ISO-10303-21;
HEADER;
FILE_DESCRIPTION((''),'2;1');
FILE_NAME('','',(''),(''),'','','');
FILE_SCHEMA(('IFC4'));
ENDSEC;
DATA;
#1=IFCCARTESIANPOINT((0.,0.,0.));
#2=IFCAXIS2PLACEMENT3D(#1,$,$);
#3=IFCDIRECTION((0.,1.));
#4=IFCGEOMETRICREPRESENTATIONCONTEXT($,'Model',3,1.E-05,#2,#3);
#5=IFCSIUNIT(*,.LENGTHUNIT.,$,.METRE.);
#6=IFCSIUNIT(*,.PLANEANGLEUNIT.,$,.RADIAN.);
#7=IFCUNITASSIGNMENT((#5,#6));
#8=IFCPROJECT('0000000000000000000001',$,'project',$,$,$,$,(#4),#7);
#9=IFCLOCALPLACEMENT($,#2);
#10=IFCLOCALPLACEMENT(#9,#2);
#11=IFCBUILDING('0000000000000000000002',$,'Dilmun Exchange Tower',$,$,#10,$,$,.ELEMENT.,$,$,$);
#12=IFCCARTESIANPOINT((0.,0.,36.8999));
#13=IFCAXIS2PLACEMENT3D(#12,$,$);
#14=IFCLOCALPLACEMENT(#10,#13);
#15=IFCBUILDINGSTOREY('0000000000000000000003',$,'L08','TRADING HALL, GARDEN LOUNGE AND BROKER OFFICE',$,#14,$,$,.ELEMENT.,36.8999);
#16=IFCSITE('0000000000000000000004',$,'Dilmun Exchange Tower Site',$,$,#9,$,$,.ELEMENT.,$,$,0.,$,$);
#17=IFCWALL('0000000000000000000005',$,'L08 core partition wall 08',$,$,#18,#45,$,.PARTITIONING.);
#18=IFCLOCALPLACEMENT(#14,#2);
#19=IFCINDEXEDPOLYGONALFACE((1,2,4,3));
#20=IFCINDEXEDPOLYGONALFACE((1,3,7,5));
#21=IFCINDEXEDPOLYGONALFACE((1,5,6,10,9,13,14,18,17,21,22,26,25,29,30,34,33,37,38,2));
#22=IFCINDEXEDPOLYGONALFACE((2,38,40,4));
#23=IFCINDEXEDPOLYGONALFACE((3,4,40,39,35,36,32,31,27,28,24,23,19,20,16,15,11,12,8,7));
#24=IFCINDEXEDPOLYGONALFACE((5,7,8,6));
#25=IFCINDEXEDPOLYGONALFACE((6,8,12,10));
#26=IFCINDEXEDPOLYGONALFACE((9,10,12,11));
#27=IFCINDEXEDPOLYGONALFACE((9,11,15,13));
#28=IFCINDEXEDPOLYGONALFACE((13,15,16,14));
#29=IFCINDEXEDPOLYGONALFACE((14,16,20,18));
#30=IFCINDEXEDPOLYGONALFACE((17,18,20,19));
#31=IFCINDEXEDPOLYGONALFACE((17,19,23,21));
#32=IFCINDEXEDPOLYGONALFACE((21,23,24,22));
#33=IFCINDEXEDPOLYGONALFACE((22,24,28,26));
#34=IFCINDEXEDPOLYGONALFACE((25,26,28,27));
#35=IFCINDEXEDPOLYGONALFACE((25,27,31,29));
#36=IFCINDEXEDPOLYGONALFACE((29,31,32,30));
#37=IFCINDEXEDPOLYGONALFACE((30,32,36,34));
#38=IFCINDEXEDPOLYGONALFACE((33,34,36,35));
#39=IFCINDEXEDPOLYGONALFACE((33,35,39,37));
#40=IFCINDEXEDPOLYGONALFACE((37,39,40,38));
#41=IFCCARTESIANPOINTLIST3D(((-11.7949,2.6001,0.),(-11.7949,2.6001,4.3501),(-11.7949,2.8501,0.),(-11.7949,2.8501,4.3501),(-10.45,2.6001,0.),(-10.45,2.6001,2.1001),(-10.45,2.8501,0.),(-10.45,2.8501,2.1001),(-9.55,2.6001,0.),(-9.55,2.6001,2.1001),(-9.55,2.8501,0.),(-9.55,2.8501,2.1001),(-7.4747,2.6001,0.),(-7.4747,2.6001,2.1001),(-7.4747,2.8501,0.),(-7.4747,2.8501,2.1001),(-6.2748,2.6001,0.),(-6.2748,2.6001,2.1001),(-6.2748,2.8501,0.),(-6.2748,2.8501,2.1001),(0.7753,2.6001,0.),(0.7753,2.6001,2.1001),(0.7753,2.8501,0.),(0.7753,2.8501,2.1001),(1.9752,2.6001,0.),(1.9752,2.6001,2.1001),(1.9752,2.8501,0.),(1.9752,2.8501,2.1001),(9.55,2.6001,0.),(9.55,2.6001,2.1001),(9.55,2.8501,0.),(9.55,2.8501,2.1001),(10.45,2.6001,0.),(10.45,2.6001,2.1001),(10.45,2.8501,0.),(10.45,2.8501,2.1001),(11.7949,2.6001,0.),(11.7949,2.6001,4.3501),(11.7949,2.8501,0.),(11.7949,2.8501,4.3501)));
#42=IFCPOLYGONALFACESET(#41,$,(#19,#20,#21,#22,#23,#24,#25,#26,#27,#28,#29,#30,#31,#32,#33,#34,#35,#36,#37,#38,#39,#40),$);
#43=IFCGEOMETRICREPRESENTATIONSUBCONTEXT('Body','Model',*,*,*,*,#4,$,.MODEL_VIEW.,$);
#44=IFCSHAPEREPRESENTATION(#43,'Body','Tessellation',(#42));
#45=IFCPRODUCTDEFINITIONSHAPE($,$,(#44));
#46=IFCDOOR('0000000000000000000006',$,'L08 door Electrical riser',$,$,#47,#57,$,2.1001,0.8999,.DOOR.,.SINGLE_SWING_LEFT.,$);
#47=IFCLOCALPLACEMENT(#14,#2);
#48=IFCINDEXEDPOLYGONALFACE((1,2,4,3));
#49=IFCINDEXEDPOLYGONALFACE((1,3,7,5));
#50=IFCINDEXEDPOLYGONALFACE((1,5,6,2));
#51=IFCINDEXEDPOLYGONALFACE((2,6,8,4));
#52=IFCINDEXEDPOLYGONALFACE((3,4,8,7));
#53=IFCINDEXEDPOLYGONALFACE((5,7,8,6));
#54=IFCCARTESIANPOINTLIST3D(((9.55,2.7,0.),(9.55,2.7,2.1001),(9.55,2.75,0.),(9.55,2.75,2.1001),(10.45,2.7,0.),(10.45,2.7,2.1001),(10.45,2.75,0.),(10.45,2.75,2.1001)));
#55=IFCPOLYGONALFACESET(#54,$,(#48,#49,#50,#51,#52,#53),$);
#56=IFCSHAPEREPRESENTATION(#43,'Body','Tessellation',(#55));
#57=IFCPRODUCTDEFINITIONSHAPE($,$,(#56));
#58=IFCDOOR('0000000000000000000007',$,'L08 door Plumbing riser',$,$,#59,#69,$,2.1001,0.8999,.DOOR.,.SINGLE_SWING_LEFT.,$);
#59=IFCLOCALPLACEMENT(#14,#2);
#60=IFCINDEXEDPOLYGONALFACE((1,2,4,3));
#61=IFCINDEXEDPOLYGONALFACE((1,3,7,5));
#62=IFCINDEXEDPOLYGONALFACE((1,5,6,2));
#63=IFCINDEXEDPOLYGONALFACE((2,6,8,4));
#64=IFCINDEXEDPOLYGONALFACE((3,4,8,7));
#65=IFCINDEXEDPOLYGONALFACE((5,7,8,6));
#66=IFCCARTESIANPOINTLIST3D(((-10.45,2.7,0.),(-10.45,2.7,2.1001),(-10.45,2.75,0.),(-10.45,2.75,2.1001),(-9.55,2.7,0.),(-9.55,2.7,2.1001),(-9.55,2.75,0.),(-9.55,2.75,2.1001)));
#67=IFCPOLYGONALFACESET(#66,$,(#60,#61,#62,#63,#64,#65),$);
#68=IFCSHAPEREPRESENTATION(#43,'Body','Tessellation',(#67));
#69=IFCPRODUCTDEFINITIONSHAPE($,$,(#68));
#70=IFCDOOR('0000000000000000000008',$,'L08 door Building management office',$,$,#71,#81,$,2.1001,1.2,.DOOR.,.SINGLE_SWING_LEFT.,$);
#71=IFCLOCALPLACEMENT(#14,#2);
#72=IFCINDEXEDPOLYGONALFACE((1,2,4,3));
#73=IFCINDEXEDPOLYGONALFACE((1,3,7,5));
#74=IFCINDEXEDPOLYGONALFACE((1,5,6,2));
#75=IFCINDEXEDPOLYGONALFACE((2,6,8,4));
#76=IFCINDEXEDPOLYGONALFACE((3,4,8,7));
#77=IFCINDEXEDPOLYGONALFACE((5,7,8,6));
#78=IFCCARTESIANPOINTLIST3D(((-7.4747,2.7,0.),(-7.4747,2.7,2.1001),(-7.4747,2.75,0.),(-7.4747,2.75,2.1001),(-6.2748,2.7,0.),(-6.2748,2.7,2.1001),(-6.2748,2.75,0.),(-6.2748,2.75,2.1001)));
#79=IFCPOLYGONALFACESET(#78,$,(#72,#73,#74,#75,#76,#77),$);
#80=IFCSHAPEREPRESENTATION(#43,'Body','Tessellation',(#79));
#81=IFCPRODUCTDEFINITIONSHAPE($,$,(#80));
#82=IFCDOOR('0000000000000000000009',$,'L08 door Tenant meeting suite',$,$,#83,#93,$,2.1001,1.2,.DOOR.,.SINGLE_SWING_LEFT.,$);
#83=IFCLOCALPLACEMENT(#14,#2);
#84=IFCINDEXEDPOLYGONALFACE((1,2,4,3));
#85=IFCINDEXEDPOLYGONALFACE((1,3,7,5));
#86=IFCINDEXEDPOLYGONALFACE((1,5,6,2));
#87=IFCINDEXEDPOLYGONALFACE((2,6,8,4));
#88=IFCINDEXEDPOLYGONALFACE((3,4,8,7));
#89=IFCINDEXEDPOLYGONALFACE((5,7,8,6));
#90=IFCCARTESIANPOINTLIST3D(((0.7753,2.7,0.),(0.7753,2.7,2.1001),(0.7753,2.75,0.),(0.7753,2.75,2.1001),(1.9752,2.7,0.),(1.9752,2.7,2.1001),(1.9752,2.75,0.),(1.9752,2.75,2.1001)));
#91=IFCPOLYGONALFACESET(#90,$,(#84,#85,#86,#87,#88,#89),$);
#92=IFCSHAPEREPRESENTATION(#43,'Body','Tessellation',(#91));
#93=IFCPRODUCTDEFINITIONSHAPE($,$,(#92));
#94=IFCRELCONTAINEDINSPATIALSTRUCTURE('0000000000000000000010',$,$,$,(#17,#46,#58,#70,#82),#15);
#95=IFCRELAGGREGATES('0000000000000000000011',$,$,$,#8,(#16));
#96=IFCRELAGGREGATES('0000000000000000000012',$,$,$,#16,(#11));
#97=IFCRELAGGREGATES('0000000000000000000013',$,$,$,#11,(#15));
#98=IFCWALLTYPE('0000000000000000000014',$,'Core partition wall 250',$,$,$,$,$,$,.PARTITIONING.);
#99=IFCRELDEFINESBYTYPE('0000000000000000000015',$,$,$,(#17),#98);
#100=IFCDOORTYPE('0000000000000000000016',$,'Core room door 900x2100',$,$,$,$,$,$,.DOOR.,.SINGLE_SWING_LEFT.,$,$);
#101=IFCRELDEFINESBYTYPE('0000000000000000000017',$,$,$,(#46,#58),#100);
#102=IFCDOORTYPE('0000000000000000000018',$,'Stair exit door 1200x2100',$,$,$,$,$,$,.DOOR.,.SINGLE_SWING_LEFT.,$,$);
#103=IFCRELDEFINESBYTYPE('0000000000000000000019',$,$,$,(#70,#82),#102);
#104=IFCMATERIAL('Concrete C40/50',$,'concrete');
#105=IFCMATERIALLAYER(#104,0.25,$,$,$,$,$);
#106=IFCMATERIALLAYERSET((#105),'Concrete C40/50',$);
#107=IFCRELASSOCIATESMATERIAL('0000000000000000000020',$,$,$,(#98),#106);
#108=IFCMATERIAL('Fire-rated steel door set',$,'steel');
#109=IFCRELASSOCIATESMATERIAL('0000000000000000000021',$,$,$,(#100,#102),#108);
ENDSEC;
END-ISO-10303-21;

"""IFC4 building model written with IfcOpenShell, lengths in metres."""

from ifc_helpers import new_model, si_unit, direction, frame, frame_2d, origin, place, context, subcontext, project, spatial, rectangle, extrude, material, layer, layer_set, type_object, element, fill, save


model = new_model("IFC4")

# Units and contexts
model_context = context("Model", 3, precision=1e-05, world=origin(), true_north=direction((0.0, 1.0)))
body_context = subcontext(model_context, "Body", "Model", "MODEL_VIEW")
ifc_project = project(units=[si_unit("LENGTHUNIT", "METRE"), si_unit("PLANEANGLEUNIT", "RADIAN")], contexts=[model_context])

# Site, building, storey
site_placement = place(None, origin())
site = spatial("IfcSite", under=ifc_project, at=site_placement, Name="Dilmun Exchange Tower Site", CompositionType="ELEMENT", RefElevation=0.0)
building_placement = place(site_placement, origin())
building = spatial("IfcBuilding", under=site, at=building_placement, Name="Dilmun Exchange Tower", CompositionType="ELEMENT")
storey_placement = place(building_placement, frame((0.0, 0.0, 36.8999)))
storey = spatial("IfcBuildingStorey", under=building, at=storey_placement, Name="L08", Description="TRADING HALL, GARDEN LOUNGE AND BROKER OFFICE", CompositionType="ELEMENT", Elevation=36.8999)

# Shared definitions
ifc_material_1 = material(Name="Concrete C40/50", Category="concrete")

# Wall, openings, doors
ifc_layer_1 = layer(ifc_material_1, 0.25)
ifc_layer_set_1 = layer_set([ifc_layer_1], Name="Concrete C40/50")
wall_type_1 = type_object("IfcWallType", Name="Core partition wall 250", PredefinedType="PARTITIONING", material=ifc_layer_set_1)
wall_1_placement = place(storey_placement, frame((-11.7949, 2.7251, 0.0), z_axis=(0.0, 0.0, 1.0), x_axis=(1.0, 0.0, 0.0)))
wall_1 = element("IfcWall", 1, at=wall_1_placement, inside=storey, type_object=wall_type_1, Name="L08 core partition wall 08", PredefinedType="PARTITIONING", context=body_context, shape_type="SweptSolid", body=[
    extrude(rectangle(XDim=23.5898, YDim=0.25, at=frame_2d((11.7949, 0.0))), origin(), (0.0, 0.0, 1.0), 4.3501),
])
opening_1_placement = place(wall_1_placement, frame((21.345, 0.0, 0.0)))
opening_1 = element("IfcOpeningElement", 2, at=opening_1_placement, cuts=wall_1, PredefinedType="OPENING", context=body_context, shape_type="SweptSolid", body=[
    extrude(rectangle(XDim=0.8999, YDim=2.1001, at=frame_2d((0.45, 1.05))), frame((0.0, 0.135, 0.0), z_axis=(0.0, -1.0, 0.0), x_axis=(1.0, 0.0, 0.0)), (0.0, 0.0, 1.0), 0.27),
])
opening_2_placement = place(wall_1_placement, frame((1.345, 0.0, 0.0)))
opening_2 = element("IfcOpeningElement", 3, at=opening_2_placement, cuts=wall_1, PredefinedType="OPENING", context=body_context, shape_type="SweptSolid", body=[
    extrude(rectangle(XDim=0.8999, YDim=2.1001, at=frame_2d((0.45, 1.05))), frame((0.0, 0.135, 0.0), z_axis=(0.0, -1.0, 0.0), x_axis=(1.0, 0.0, 0.0)), (0.0, 0.0, 1.0), 0.27),
])
opening_3_placement = place(wall_1_placement, frame((4.3201, 0.0, 0.0)))
opening_3 = element("IfcOpeningElement", 4, at=opening_3_placement, cuts=wall_1, PredefinedType="OPENING", context=body_context, shape_type="SweptSolid", body=[
    extrude(rectangle(XDim=1.2, YDim=2.1001, at=frame_2d((0.6001, 1.05))), frame((0.0, 0.135, 0.0), z_axis=(0.0, -1.0, 0.0), x_axis=(1.0, 0.0, 0.0)), (0.0, 0.0, 1.0), 0.27),
])
opening_4_placement = place(wall_1_placement, frame((12.5701, 0.0, 0.0)))
opening_4 = element("IfcOpeningElement", 5, at=opening_4_placement, cuts=wall_1, PredefinedType="OPENING", context=body_context, shape_type="SweptSolid", body=[
    extrude(rectangle(XDim=1.2, YDim=2.1001, at=frame_2d((0.6001, 1.05))), frame((0.0, 0.135, 0.0), z_axis=(0.0, -1.0, 0.0), x_axis=(1.0, 0.0, 0.0)), (0.0, 0.0, 1.0), 0.27),
])
ifc_material_2 = material(Name="Fire-rated steel door set", Category="steel")
door_type_1 = type_object("IfcDoorType", Name="Core room door 900x2100", OperationType="SINGLE_SWING_LEFT", PredefinedType="DOOR", material=ifc_material_2)
door_1_placement = place(opening_1_placement, origin())
door_1 = element("IfcDoor", 6, at=door_1_placement, inside=storey, type_object=door_type_1, Name="L08 door Electrical riser", OperationType="SINGLE_SWING_LEFT", OverallHeight=2.1001, OverallWidth=0.8999, PredefinedType="DOOR", context=body_context, shape_type="SweptSolid", body=[
    extrude(rectangle(XDim=0.8999, YDim=2.1001, at=frame_2d((0.45, 1.05))), frame((0.0, 0.0249, 0.0), z_axis=(0.0, -1.0, 0.0), x_axis=(1.0, 0.0, 0.0)), (0.0, 0.0, 1.0), 0.05),
])
fill(opening_1, door_1)
door_2_placement = place(opening_2_placement, origin())
door_2 = element("IfcDoor", 7, at=door_2_placement, inside=storey, type_object=door_type_1, Name="L08 door Plumbing riser", OperationType="SINGLE_SWING_LEFT", OverallHeight=2.1001, OverallWidth=0.8999, PredefinedType="DOOR", context=body_context, shape_type="SweptSolid", body=[
    extrude(rectangle(XDim=0.8999, YDim=2.1001, at=frame_2d((0.45, 1.05))), frame((0.0, 0.0249, 0.0), z_axis=(0.0, -1.0, 0.0), x_axis=(1.0, 0.0, 0.0)), (0.0, 0.0, 1.0), 0.05),
])
fill(opening_2, door_2)
door_type_2 = type_object("IfcDoorType", Name="Stair exit door 1200x2100", OperationType="SINGLE_SWING_LEFT", PredefinedType="DOOR", material=ifc_material_2)
door_3_placement = place(opening_3_placement, origin())
door_3 = element("IfcDoor", 8, at=door_3_placement, inside=storey, type_object=door_type_2, Name="L08 door Building management office", OperationType="SINGLE_SWING_LEFT", OverallHeight=2.1001, OverallWidth=1.2, PredefinedType="DOOR", context=body_context, shape_type="SweptSolid", body=[
    extrude(rectangle(XDim=1.2, YDim=2.1001, at=frame_2d((0.6001, 1.05))), frame((0.0, 0.0249, 0.0), z_axis=(0.0, -1.0, 0.0), x_axis=(1.0, 0.0, 0.0)), (0.0, 0.0, 1.0), 0.05),
])
fill(opening_3, door_3)
door_4_placement = place(opening_4_placement, origin())
door_4 = element("IfcDoor", 9, at=door_4_placement, inside=storey, type_object=door_type_2, Name="L08 door Tenant meeting suite", OperationType="SINGLE_SWING_LEFT", OverallHeight=2.1001, OverallWidth=1.2, PredefinedType="DOOR", context=body_context, shape_type="SweptSolid", body=[
    extrude(rectangle(XDim=1.2, YDim=2.1001, at=frame_2d((0.6001, 1.05))), frame((0.0, 0.0249, 0.0), z_axis=(0.0, -1.0, 0.0), x_axis=(1.0, 0.0, 0.0)), (0.0, 0.0, 1.0), 0.05),
])
fill(opening_4, door_4)

save(model, "model.ifc")
